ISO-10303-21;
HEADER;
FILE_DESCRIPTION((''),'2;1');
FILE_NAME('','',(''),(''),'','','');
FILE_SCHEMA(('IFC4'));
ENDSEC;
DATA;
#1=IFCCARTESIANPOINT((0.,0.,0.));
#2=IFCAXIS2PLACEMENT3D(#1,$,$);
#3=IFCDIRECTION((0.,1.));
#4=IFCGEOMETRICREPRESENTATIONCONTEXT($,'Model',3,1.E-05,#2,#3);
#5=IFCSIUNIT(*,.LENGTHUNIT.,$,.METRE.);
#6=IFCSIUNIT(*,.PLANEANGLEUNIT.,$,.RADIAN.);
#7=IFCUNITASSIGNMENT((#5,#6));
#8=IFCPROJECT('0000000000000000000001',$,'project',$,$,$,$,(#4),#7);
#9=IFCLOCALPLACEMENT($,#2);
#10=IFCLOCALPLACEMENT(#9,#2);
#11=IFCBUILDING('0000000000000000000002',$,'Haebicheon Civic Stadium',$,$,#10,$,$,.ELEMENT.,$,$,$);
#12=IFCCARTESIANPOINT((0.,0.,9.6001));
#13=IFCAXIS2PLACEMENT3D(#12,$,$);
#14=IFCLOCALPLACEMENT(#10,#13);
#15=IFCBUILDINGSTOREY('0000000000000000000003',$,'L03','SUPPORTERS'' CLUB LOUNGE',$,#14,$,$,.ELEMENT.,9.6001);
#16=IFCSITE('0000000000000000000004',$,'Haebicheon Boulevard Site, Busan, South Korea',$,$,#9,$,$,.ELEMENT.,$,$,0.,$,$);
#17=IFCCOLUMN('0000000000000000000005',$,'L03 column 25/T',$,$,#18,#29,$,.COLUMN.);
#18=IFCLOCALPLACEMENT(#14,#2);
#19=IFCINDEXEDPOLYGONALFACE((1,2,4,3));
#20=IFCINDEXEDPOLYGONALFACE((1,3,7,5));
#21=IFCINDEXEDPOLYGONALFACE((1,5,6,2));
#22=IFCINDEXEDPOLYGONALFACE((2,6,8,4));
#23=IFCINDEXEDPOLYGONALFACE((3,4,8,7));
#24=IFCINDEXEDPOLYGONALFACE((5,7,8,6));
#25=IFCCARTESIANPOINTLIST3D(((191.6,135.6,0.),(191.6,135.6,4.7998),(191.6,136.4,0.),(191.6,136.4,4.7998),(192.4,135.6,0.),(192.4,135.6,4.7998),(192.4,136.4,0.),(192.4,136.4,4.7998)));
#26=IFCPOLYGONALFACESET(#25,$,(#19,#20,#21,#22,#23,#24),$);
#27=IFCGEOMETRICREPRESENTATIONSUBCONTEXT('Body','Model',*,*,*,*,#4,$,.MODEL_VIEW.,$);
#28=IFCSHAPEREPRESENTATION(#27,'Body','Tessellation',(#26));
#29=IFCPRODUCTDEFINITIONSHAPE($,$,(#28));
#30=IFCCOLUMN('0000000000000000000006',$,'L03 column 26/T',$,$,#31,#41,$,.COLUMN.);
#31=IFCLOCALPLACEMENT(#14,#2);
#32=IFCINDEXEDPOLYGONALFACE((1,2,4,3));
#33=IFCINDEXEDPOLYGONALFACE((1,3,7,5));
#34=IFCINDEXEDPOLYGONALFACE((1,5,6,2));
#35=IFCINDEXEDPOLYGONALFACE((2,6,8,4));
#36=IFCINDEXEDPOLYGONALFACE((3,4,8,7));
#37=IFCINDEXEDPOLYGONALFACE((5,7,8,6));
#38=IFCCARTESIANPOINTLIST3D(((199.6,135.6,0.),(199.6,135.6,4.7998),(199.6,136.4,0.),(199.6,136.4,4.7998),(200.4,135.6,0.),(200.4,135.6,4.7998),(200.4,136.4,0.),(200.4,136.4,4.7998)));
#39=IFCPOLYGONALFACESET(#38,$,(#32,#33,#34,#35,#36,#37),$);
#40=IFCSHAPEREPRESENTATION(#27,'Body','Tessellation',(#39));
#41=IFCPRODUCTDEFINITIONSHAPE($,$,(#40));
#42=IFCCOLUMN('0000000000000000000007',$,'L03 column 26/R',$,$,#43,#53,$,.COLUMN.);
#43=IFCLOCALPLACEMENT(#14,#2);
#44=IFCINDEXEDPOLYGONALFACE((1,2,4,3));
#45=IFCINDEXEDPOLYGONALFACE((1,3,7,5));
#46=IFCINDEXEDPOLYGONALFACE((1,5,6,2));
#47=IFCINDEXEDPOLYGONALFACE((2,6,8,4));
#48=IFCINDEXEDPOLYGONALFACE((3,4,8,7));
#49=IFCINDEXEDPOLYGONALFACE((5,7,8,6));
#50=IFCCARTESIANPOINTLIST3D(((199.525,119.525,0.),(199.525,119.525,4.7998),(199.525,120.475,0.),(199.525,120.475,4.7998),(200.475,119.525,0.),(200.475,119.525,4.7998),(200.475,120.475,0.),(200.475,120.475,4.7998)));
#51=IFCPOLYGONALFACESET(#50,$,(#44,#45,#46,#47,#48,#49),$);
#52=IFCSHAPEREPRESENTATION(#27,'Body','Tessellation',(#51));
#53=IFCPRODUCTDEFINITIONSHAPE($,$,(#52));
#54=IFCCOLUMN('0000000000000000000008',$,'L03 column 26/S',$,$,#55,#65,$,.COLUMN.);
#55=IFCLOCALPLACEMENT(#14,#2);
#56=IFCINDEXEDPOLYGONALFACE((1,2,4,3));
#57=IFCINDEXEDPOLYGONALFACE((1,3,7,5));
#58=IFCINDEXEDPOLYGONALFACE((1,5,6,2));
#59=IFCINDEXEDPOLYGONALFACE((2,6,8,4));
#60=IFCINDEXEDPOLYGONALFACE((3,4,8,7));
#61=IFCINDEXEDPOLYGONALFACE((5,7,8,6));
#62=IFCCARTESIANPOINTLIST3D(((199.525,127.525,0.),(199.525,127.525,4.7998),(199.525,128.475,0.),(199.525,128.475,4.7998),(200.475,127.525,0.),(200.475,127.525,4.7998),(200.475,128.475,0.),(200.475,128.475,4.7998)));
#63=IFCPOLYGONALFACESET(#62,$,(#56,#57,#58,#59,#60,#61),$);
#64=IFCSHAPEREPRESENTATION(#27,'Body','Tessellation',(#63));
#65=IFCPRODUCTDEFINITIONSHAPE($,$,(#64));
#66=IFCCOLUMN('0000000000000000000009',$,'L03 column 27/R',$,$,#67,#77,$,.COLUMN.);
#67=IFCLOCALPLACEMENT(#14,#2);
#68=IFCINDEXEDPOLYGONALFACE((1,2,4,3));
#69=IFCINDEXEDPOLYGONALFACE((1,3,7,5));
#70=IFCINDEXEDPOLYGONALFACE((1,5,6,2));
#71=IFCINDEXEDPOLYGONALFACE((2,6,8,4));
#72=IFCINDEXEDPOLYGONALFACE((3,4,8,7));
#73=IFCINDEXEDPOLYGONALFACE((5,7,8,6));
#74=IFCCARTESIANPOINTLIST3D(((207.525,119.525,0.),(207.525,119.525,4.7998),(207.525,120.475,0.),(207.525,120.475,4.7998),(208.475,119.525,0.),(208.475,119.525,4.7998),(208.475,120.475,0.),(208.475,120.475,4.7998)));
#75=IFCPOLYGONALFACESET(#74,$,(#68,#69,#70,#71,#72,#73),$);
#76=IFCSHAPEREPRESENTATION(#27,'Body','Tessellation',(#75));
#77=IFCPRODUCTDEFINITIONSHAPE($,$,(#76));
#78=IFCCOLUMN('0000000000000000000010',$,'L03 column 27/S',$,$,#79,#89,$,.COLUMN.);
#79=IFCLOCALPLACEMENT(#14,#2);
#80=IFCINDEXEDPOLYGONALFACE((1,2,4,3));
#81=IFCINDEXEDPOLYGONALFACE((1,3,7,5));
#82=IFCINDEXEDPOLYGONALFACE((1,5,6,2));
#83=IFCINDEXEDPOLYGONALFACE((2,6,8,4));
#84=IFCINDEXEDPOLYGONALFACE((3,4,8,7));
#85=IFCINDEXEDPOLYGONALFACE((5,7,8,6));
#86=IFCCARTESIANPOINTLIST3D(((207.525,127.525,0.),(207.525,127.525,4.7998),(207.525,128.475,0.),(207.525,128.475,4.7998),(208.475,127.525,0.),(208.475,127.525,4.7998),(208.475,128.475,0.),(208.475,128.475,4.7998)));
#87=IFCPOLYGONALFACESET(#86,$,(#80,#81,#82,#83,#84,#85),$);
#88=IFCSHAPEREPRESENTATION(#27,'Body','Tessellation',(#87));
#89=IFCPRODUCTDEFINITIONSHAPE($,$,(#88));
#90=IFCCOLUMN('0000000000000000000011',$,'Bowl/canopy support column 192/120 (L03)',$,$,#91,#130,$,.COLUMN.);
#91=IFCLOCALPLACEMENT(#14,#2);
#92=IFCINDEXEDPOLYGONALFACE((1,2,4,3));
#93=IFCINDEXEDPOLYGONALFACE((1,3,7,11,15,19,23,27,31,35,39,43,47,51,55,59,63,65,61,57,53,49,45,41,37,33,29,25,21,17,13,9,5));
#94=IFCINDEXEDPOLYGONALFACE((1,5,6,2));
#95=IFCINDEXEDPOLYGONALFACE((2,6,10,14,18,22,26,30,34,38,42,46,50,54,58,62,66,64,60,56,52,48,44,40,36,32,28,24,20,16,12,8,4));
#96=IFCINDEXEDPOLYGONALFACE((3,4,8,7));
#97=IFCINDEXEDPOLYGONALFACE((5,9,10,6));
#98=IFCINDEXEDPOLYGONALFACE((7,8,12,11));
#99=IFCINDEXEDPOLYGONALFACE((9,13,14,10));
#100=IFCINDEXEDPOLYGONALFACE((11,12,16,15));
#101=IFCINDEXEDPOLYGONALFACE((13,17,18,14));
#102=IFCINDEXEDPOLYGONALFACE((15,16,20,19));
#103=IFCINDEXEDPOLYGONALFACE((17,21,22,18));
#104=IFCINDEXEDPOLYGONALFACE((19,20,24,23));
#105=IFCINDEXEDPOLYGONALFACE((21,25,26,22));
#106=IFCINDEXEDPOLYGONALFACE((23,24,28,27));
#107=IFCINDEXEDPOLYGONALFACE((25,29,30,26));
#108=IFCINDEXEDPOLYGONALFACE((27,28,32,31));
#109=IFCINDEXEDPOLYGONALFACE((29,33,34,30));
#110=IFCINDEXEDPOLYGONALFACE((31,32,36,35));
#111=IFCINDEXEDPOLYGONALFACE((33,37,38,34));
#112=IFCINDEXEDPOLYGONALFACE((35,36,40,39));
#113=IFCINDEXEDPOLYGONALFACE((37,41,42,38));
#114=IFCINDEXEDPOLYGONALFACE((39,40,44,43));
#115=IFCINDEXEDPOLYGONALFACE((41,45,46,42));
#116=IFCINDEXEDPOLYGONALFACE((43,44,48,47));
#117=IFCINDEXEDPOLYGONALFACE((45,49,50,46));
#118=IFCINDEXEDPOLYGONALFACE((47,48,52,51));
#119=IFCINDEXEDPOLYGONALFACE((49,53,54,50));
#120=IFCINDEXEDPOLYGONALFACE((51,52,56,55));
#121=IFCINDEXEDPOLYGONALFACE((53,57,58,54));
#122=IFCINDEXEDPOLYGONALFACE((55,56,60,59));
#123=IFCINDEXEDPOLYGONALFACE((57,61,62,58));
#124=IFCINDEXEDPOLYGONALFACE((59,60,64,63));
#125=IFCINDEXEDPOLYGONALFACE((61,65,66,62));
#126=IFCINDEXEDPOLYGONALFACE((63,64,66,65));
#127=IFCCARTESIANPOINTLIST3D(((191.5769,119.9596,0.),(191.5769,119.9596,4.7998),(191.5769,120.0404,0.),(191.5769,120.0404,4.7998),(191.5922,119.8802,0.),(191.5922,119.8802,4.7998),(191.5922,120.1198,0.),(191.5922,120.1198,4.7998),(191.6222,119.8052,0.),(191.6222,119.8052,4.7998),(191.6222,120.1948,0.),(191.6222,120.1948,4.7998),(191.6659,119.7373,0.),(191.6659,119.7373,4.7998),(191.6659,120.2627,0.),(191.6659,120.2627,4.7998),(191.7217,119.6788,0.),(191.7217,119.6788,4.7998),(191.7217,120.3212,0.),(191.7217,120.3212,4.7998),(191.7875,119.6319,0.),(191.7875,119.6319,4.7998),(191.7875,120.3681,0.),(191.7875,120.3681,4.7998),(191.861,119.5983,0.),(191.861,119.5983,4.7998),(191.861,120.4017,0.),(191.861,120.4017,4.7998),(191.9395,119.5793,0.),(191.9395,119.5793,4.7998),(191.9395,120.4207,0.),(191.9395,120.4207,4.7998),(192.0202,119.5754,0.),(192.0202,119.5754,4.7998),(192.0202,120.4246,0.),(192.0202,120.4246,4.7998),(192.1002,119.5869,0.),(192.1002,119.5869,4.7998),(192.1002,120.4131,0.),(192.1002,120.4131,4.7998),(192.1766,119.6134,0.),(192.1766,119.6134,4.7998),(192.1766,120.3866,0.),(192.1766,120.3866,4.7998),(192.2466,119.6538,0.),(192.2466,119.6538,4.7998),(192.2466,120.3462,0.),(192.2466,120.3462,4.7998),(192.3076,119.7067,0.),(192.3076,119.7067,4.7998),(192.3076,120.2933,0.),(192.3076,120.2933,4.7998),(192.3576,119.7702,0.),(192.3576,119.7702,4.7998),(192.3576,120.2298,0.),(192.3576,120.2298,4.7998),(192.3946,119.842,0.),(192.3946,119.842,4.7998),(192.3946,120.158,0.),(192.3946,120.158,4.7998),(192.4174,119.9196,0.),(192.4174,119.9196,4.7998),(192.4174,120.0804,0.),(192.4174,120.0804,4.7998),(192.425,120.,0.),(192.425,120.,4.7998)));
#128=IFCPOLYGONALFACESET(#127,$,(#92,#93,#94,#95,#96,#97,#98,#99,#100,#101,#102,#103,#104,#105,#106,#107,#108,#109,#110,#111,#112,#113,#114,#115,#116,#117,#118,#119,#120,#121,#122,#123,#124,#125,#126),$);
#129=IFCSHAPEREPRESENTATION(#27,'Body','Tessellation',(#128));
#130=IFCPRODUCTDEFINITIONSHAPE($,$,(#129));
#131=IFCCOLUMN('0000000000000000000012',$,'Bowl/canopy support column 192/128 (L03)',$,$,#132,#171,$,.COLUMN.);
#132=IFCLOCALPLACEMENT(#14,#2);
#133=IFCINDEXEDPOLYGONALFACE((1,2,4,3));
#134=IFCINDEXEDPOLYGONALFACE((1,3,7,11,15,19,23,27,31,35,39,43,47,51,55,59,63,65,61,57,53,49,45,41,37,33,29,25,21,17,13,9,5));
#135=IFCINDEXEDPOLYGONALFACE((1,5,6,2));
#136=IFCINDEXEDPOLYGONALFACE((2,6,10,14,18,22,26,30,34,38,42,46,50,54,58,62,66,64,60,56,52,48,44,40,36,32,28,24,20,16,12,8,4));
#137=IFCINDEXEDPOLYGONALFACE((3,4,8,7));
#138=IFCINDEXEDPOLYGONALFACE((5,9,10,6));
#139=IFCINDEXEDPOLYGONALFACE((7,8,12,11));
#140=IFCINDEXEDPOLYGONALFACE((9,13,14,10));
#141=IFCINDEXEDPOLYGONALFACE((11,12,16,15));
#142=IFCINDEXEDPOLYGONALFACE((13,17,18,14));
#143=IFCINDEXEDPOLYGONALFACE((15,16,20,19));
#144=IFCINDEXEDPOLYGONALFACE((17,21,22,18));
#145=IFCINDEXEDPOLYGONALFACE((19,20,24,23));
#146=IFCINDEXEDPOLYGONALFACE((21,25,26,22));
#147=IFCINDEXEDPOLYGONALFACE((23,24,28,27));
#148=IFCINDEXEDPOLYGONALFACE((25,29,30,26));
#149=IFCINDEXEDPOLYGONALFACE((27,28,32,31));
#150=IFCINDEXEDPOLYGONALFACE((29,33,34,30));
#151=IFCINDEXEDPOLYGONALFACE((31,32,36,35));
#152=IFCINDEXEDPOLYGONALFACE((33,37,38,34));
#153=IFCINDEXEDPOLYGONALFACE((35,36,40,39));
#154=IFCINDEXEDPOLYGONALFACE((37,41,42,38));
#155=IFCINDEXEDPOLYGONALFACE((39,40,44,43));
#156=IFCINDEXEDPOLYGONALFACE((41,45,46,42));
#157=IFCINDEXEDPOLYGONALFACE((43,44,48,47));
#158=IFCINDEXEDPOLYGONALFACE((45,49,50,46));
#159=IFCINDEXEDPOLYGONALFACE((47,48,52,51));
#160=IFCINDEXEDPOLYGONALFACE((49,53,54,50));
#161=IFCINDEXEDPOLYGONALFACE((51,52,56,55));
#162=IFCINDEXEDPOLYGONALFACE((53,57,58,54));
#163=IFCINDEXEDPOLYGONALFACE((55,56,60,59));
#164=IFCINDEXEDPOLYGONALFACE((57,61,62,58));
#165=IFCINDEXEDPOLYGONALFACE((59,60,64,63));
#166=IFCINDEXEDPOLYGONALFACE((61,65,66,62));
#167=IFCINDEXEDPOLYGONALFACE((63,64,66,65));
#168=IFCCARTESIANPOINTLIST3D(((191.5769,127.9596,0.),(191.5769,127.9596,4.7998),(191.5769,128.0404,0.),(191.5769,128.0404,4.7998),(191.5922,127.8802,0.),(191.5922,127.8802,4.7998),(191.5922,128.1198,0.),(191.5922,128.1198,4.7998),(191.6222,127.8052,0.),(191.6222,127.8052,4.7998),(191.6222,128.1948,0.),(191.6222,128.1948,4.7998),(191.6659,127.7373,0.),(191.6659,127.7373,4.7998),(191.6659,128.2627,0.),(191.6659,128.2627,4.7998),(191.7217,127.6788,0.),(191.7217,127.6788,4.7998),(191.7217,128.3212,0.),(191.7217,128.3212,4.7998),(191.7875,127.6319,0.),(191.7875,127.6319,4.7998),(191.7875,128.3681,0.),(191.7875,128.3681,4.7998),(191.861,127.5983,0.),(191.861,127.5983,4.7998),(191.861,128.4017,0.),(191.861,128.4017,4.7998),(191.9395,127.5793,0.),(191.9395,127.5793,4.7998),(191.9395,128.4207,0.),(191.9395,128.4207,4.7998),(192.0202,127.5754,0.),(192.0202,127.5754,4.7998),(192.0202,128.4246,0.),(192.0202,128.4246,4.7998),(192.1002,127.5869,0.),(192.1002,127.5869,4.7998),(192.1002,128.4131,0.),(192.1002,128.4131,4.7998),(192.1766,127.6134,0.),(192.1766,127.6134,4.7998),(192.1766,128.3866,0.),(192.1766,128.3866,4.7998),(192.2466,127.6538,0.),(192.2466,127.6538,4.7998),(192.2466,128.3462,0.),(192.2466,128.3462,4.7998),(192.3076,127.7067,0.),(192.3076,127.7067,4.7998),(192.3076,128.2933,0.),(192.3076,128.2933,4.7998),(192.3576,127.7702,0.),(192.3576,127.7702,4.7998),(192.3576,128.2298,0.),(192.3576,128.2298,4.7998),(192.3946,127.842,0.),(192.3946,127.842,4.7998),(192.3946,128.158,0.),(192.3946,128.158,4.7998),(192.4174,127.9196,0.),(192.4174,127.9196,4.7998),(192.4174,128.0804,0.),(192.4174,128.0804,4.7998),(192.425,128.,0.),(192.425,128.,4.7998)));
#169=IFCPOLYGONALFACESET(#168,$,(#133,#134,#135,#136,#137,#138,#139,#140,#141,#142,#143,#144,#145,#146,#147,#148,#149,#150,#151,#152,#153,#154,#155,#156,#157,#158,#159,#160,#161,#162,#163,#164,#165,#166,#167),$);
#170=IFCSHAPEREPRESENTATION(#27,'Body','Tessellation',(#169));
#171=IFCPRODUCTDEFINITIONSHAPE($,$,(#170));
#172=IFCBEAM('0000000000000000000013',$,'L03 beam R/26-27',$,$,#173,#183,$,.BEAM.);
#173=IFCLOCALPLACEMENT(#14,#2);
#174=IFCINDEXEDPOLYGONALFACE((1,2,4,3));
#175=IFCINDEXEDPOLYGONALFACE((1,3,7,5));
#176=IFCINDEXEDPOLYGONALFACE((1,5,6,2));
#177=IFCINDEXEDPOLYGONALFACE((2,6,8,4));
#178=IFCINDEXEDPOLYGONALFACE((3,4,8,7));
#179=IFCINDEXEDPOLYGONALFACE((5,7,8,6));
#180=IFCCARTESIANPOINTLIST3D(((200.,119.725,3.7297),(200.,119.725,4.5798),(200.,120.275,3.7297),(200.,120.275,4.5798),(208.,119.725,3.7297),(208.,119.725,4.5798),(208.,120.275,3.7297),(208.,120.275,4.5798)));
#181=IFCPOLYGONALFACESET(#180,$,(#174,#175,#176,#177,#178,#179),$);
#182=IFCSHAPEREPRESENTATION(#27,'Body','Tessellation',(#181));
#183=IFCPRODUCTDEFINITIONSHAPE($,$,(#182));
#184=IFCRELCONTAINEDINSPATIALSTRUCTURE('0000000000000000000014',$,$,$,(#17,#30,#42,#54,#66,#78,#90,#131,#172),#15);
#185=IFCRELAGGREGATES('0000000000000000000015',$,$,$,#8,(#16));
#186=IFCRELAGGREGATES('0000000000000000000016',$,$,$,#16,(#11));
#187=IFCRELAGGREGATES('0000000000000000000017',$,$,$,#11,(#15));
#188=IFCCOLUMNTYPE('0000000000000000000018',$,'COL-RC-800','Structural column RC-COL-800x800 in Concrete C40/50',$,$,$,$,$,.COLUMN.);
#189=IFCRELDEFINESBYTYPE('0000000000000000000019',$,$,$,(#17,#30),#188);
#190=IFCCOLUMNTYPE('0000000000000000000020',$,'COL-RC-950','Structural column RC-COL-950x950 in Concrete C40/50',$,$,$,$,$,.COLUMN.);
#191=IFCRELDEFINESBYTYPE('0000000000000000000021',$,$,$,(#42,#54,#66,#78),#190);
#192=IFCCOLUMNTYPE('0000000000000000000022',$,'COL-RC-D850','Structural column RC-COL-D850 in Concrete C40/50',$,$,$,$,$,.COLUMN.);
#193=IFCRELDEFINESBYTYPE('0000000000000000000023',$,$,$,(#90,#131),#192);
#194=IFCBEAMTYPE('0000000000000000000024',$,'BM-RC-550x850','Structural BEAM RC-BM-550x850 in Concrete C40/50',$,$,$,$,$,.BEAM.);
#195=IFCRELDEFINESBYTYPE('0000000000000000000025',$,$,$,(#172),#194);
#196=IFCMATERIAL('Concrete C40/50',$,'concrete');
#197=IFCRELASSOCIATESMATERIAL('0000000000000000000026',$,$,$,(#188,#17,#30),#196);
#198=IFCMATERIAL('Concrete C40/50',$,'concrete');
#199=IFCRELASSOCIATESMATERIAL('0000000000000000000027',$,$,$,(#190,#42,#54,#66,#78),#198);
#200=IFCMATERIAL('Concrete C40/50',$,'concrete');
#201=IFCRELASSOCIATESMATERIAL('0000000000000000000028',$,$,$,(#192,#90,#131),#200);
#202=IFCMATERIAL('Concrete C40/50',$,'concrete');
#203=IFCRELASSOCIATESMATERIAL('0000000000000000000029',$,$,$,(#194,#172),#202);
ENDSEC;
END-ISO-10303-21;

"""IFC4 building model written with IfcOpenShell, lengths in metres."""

from ifc_helpers import new_model, si_unit, direction, frame, origin, origin_2d, place, context, subcontext, project, spatial, rectangle, circle, extrude, material, material_profile, profile_set, type_object, element, save


model = new_model("IFC4")

# Units and contexts
model_context = context("Model", 3, precision=1e-05, world=origin(), true_north=direction((0.0, 1.0)))
body_context = subcontext(model_context, "Body", "Model", "MODEL_VIEW")
ifc_project = project(units=[si_unit("LENGTHUNIT", "METRE"), si_unit("PLANEANGLEUNIT", "RADIAN")], contexts=[model_context])

# Site, building, storey
site_placement = place(None, origin())
site = spatial("IfcSite", under=ifc_project, at=site_placement, Name="Haebicheon Boulevard Site, Busan, South Korea", CompositionType="ELEMENT", RefElevation=0.0)
building_placement = place(site_placement, origin())
building = spatial("IfcBuilding", under=site, at=building_placement, Name="Haebicheon Civic Stadium", CompositionType="ELEMENT")
storey_placement = place(building_placement, frame((0.0, 0.0, 9.6001)))
storey = spatial("IfcBuildingStorey", under=building, at=storey_placement, Name="L03", Description="SUPPORTERS' CLUB LOUNGE", CompositionType="ELEMENT", Elevation=9.6001)

# Columns
ifc_material_1 = material(Name="Concrete C40/50", Category="concrete")
ifc_material_profile_1 = material_profile(ifc_material_1, rectangle(XDim=0.8, YDim=0.8, at=origin_2d()), Name="RC-COL-800x800")
ifc_profile_set_1 = profile_set([ifc_material_profile_1], Name="Concrete C40/50")
column_type_1 = type_object("IfcColumnType", Name="COL-RC-800", Description="Structural column RC-COL-800x800 in Concrete C40/50", PredefinedType="COLUMN", material=ifc_profile_set_1)
for number, where, z_axis, x_axis, name in (
    (1, (192.0, 136.0, 0.0), (0.0, 0.0, 1.0), (1.0, 0.0, 0.0), "L03 column 25/T"),
    (2, (200.0, 136.0, 0.0), (0.0, 0.0, 1.0), (1.0, 0.0, 0.0), "L03 column 26/T"),
):
    element("IfcColumn", number, at=place(storey_placement, frame(where, z_axis=z_axis, x_axis=x_axis)), inside=storey, type_object=column_type_1, material=ifc_profile_set_1, Name=name, PredefinedType="COLUMN", context=body_context, shape_type="SweptSolid", body=[
        extrude(rectangle(XDim=0.8, YDim=0.8, at=origin_2d()), origin(), (0.0, 0.0, 1.0), 4.7998),
    ])
ifc_material_2 = material(Name="Concrete C40/50", Category="concrete")
ifc_material_profile_2 = material_profile(ifc_material_2, rectangle(XDim=0.95, YDim=0.95, at=origin_2d()), Name="RC-COL-950x950")
ifc_profile_set_2 = profile_set([ifc_material_profile_2], Name="Concrete C40/50")
column_type_2 = type_object("IfcColumnType", Name="COL-RC-950", Description="Structural column RC-COL-950x950 in Concrete C40/50", PredefinedType="COLUMN", material=ifc_profile_set_2)
for number, where, z_axis, x_axis, name in (
    (3, (200.0, 120.0, 0.0), (0.0, 0.0, 1.0), (1.0, 0.0, 0.0), "L03 column 26/R"),
    (4, (200.0, 128.0, 0.0), (0.0, 0.0, 1.0), (1.0, 0.0, 0.0), "L03 column 26/S"),
    (5, (208.0, 120.0, 0.0), (0.0, 0.0, 1.0), (1.0, 0.0, 0.0), "L03 column 27/R"),
    (6, (208.0, 128.0, 0.0), (0.0, 0.0, 1.0), (1.0, 0.0, 0.0), "L03 column 27/S"),
):
    element("IfcColumn", number, at=place(storey_placement, frame(where, z_axis=z_axis, x_axis=x_axis)), inside=storey, type_object=column_type_2, material=ifc_profile_set_2, Name=name, PredefinedType="COLUMN", context=body_context, shape_type="SweptSolid", body=[
        extrude(rectangle(XDim=0.95, YDim=0.95, at=origin_2d()), origin(), (0.0, 0.0, 1.0), 4.7998),
    ])
ifc_material_3 = material(Name="Concrete C40/50", Category="concrete")
ifc_material_profile_3 = material_profile(ifc_material_3, circle(Radius=0.425, at=origin_2d()), Name="RC-COL-D850")
ifc_profile_set_3 = profile_set([ifc_material_profile_3], Name="Concrete C40/50")
column_type_3 = type_object("IfcColumnType", Name="COL-RC-D850", Description="Structural column RC-COL-D850 in Concrete C40/50", PredefinedType="COLUMN", material=ifc_profile_set_3)
for number, where, z_axis, x_axis, name in (
    (7, (192.0, 120.0, 0.0), (0.0, 0.0, 1.0), (1.0, 0.0, 0.0), "Bowl/canopy support column 192/120 (L03)"),
    (8, (192.0, 128.0, 0.0), (0.0, 0.0, 1.0), (1.0, 0.0, 0.0), "Bowl/canopy support column 192/128 (L03)"),
):
    element("IfcColumn", number, at=place(storey_placement, frame(where, z_axis=z_axis, x_axis=x_axis)), inside=storey, type_object=column_type_3, material=ifc_profile_set_3, Name=name, PredefinedType="COLUMN", context=body_context, shape_type="SweptSolid", body=[
        extrude(circle(Radius=0.425, at=origin_2d()), origin(), (0.0, 0.0, 1.0), 4.7998),
    ])

# Beam
ifc_material_4 = material(Name="Concrete C40/50", Category="concrete")
ifc_material_profile_4 = material_profile(ifc_material_4, rectangle(XDim=0.55, YDim=0.8501, at=origin_2d()), Name="RC-BM-550x850")
ifc_profile_set_4 = profile_set([ifc_material_profile_4], Name="Concrete C40/50")
beam_type_1 = type_object("IfcBeamType", Name="BM-RC-550x850", Description="Structural BEAM RC-BM-550x850 in Concrete C40/50", PredefinedType="BEAM", material=ifc_profile_set_4)
beam_1_placement = place(storey_placement, frame((200.0, 120.0, 4.1548), z_axis=(1.0, 0.0, 0.0), x_axis=(0.0, 1.0, 0.0)))
element("IfcBeam", 9, at=beam_1_placement, inside=storey, type_object=beam_type_1, material=ifc_profile_set_4, Name="L03 beam R/26-27", PredefinedType="BEAM", context=body_context, shape_type="SweptSolid", body=[
    extrude(rectangle(XDim=0.55, YDim=0.8501, at=origin_2d()), origin(), (0.0, 0.0, 1.0), 8.0),
])

save(model, "model.ifc")
